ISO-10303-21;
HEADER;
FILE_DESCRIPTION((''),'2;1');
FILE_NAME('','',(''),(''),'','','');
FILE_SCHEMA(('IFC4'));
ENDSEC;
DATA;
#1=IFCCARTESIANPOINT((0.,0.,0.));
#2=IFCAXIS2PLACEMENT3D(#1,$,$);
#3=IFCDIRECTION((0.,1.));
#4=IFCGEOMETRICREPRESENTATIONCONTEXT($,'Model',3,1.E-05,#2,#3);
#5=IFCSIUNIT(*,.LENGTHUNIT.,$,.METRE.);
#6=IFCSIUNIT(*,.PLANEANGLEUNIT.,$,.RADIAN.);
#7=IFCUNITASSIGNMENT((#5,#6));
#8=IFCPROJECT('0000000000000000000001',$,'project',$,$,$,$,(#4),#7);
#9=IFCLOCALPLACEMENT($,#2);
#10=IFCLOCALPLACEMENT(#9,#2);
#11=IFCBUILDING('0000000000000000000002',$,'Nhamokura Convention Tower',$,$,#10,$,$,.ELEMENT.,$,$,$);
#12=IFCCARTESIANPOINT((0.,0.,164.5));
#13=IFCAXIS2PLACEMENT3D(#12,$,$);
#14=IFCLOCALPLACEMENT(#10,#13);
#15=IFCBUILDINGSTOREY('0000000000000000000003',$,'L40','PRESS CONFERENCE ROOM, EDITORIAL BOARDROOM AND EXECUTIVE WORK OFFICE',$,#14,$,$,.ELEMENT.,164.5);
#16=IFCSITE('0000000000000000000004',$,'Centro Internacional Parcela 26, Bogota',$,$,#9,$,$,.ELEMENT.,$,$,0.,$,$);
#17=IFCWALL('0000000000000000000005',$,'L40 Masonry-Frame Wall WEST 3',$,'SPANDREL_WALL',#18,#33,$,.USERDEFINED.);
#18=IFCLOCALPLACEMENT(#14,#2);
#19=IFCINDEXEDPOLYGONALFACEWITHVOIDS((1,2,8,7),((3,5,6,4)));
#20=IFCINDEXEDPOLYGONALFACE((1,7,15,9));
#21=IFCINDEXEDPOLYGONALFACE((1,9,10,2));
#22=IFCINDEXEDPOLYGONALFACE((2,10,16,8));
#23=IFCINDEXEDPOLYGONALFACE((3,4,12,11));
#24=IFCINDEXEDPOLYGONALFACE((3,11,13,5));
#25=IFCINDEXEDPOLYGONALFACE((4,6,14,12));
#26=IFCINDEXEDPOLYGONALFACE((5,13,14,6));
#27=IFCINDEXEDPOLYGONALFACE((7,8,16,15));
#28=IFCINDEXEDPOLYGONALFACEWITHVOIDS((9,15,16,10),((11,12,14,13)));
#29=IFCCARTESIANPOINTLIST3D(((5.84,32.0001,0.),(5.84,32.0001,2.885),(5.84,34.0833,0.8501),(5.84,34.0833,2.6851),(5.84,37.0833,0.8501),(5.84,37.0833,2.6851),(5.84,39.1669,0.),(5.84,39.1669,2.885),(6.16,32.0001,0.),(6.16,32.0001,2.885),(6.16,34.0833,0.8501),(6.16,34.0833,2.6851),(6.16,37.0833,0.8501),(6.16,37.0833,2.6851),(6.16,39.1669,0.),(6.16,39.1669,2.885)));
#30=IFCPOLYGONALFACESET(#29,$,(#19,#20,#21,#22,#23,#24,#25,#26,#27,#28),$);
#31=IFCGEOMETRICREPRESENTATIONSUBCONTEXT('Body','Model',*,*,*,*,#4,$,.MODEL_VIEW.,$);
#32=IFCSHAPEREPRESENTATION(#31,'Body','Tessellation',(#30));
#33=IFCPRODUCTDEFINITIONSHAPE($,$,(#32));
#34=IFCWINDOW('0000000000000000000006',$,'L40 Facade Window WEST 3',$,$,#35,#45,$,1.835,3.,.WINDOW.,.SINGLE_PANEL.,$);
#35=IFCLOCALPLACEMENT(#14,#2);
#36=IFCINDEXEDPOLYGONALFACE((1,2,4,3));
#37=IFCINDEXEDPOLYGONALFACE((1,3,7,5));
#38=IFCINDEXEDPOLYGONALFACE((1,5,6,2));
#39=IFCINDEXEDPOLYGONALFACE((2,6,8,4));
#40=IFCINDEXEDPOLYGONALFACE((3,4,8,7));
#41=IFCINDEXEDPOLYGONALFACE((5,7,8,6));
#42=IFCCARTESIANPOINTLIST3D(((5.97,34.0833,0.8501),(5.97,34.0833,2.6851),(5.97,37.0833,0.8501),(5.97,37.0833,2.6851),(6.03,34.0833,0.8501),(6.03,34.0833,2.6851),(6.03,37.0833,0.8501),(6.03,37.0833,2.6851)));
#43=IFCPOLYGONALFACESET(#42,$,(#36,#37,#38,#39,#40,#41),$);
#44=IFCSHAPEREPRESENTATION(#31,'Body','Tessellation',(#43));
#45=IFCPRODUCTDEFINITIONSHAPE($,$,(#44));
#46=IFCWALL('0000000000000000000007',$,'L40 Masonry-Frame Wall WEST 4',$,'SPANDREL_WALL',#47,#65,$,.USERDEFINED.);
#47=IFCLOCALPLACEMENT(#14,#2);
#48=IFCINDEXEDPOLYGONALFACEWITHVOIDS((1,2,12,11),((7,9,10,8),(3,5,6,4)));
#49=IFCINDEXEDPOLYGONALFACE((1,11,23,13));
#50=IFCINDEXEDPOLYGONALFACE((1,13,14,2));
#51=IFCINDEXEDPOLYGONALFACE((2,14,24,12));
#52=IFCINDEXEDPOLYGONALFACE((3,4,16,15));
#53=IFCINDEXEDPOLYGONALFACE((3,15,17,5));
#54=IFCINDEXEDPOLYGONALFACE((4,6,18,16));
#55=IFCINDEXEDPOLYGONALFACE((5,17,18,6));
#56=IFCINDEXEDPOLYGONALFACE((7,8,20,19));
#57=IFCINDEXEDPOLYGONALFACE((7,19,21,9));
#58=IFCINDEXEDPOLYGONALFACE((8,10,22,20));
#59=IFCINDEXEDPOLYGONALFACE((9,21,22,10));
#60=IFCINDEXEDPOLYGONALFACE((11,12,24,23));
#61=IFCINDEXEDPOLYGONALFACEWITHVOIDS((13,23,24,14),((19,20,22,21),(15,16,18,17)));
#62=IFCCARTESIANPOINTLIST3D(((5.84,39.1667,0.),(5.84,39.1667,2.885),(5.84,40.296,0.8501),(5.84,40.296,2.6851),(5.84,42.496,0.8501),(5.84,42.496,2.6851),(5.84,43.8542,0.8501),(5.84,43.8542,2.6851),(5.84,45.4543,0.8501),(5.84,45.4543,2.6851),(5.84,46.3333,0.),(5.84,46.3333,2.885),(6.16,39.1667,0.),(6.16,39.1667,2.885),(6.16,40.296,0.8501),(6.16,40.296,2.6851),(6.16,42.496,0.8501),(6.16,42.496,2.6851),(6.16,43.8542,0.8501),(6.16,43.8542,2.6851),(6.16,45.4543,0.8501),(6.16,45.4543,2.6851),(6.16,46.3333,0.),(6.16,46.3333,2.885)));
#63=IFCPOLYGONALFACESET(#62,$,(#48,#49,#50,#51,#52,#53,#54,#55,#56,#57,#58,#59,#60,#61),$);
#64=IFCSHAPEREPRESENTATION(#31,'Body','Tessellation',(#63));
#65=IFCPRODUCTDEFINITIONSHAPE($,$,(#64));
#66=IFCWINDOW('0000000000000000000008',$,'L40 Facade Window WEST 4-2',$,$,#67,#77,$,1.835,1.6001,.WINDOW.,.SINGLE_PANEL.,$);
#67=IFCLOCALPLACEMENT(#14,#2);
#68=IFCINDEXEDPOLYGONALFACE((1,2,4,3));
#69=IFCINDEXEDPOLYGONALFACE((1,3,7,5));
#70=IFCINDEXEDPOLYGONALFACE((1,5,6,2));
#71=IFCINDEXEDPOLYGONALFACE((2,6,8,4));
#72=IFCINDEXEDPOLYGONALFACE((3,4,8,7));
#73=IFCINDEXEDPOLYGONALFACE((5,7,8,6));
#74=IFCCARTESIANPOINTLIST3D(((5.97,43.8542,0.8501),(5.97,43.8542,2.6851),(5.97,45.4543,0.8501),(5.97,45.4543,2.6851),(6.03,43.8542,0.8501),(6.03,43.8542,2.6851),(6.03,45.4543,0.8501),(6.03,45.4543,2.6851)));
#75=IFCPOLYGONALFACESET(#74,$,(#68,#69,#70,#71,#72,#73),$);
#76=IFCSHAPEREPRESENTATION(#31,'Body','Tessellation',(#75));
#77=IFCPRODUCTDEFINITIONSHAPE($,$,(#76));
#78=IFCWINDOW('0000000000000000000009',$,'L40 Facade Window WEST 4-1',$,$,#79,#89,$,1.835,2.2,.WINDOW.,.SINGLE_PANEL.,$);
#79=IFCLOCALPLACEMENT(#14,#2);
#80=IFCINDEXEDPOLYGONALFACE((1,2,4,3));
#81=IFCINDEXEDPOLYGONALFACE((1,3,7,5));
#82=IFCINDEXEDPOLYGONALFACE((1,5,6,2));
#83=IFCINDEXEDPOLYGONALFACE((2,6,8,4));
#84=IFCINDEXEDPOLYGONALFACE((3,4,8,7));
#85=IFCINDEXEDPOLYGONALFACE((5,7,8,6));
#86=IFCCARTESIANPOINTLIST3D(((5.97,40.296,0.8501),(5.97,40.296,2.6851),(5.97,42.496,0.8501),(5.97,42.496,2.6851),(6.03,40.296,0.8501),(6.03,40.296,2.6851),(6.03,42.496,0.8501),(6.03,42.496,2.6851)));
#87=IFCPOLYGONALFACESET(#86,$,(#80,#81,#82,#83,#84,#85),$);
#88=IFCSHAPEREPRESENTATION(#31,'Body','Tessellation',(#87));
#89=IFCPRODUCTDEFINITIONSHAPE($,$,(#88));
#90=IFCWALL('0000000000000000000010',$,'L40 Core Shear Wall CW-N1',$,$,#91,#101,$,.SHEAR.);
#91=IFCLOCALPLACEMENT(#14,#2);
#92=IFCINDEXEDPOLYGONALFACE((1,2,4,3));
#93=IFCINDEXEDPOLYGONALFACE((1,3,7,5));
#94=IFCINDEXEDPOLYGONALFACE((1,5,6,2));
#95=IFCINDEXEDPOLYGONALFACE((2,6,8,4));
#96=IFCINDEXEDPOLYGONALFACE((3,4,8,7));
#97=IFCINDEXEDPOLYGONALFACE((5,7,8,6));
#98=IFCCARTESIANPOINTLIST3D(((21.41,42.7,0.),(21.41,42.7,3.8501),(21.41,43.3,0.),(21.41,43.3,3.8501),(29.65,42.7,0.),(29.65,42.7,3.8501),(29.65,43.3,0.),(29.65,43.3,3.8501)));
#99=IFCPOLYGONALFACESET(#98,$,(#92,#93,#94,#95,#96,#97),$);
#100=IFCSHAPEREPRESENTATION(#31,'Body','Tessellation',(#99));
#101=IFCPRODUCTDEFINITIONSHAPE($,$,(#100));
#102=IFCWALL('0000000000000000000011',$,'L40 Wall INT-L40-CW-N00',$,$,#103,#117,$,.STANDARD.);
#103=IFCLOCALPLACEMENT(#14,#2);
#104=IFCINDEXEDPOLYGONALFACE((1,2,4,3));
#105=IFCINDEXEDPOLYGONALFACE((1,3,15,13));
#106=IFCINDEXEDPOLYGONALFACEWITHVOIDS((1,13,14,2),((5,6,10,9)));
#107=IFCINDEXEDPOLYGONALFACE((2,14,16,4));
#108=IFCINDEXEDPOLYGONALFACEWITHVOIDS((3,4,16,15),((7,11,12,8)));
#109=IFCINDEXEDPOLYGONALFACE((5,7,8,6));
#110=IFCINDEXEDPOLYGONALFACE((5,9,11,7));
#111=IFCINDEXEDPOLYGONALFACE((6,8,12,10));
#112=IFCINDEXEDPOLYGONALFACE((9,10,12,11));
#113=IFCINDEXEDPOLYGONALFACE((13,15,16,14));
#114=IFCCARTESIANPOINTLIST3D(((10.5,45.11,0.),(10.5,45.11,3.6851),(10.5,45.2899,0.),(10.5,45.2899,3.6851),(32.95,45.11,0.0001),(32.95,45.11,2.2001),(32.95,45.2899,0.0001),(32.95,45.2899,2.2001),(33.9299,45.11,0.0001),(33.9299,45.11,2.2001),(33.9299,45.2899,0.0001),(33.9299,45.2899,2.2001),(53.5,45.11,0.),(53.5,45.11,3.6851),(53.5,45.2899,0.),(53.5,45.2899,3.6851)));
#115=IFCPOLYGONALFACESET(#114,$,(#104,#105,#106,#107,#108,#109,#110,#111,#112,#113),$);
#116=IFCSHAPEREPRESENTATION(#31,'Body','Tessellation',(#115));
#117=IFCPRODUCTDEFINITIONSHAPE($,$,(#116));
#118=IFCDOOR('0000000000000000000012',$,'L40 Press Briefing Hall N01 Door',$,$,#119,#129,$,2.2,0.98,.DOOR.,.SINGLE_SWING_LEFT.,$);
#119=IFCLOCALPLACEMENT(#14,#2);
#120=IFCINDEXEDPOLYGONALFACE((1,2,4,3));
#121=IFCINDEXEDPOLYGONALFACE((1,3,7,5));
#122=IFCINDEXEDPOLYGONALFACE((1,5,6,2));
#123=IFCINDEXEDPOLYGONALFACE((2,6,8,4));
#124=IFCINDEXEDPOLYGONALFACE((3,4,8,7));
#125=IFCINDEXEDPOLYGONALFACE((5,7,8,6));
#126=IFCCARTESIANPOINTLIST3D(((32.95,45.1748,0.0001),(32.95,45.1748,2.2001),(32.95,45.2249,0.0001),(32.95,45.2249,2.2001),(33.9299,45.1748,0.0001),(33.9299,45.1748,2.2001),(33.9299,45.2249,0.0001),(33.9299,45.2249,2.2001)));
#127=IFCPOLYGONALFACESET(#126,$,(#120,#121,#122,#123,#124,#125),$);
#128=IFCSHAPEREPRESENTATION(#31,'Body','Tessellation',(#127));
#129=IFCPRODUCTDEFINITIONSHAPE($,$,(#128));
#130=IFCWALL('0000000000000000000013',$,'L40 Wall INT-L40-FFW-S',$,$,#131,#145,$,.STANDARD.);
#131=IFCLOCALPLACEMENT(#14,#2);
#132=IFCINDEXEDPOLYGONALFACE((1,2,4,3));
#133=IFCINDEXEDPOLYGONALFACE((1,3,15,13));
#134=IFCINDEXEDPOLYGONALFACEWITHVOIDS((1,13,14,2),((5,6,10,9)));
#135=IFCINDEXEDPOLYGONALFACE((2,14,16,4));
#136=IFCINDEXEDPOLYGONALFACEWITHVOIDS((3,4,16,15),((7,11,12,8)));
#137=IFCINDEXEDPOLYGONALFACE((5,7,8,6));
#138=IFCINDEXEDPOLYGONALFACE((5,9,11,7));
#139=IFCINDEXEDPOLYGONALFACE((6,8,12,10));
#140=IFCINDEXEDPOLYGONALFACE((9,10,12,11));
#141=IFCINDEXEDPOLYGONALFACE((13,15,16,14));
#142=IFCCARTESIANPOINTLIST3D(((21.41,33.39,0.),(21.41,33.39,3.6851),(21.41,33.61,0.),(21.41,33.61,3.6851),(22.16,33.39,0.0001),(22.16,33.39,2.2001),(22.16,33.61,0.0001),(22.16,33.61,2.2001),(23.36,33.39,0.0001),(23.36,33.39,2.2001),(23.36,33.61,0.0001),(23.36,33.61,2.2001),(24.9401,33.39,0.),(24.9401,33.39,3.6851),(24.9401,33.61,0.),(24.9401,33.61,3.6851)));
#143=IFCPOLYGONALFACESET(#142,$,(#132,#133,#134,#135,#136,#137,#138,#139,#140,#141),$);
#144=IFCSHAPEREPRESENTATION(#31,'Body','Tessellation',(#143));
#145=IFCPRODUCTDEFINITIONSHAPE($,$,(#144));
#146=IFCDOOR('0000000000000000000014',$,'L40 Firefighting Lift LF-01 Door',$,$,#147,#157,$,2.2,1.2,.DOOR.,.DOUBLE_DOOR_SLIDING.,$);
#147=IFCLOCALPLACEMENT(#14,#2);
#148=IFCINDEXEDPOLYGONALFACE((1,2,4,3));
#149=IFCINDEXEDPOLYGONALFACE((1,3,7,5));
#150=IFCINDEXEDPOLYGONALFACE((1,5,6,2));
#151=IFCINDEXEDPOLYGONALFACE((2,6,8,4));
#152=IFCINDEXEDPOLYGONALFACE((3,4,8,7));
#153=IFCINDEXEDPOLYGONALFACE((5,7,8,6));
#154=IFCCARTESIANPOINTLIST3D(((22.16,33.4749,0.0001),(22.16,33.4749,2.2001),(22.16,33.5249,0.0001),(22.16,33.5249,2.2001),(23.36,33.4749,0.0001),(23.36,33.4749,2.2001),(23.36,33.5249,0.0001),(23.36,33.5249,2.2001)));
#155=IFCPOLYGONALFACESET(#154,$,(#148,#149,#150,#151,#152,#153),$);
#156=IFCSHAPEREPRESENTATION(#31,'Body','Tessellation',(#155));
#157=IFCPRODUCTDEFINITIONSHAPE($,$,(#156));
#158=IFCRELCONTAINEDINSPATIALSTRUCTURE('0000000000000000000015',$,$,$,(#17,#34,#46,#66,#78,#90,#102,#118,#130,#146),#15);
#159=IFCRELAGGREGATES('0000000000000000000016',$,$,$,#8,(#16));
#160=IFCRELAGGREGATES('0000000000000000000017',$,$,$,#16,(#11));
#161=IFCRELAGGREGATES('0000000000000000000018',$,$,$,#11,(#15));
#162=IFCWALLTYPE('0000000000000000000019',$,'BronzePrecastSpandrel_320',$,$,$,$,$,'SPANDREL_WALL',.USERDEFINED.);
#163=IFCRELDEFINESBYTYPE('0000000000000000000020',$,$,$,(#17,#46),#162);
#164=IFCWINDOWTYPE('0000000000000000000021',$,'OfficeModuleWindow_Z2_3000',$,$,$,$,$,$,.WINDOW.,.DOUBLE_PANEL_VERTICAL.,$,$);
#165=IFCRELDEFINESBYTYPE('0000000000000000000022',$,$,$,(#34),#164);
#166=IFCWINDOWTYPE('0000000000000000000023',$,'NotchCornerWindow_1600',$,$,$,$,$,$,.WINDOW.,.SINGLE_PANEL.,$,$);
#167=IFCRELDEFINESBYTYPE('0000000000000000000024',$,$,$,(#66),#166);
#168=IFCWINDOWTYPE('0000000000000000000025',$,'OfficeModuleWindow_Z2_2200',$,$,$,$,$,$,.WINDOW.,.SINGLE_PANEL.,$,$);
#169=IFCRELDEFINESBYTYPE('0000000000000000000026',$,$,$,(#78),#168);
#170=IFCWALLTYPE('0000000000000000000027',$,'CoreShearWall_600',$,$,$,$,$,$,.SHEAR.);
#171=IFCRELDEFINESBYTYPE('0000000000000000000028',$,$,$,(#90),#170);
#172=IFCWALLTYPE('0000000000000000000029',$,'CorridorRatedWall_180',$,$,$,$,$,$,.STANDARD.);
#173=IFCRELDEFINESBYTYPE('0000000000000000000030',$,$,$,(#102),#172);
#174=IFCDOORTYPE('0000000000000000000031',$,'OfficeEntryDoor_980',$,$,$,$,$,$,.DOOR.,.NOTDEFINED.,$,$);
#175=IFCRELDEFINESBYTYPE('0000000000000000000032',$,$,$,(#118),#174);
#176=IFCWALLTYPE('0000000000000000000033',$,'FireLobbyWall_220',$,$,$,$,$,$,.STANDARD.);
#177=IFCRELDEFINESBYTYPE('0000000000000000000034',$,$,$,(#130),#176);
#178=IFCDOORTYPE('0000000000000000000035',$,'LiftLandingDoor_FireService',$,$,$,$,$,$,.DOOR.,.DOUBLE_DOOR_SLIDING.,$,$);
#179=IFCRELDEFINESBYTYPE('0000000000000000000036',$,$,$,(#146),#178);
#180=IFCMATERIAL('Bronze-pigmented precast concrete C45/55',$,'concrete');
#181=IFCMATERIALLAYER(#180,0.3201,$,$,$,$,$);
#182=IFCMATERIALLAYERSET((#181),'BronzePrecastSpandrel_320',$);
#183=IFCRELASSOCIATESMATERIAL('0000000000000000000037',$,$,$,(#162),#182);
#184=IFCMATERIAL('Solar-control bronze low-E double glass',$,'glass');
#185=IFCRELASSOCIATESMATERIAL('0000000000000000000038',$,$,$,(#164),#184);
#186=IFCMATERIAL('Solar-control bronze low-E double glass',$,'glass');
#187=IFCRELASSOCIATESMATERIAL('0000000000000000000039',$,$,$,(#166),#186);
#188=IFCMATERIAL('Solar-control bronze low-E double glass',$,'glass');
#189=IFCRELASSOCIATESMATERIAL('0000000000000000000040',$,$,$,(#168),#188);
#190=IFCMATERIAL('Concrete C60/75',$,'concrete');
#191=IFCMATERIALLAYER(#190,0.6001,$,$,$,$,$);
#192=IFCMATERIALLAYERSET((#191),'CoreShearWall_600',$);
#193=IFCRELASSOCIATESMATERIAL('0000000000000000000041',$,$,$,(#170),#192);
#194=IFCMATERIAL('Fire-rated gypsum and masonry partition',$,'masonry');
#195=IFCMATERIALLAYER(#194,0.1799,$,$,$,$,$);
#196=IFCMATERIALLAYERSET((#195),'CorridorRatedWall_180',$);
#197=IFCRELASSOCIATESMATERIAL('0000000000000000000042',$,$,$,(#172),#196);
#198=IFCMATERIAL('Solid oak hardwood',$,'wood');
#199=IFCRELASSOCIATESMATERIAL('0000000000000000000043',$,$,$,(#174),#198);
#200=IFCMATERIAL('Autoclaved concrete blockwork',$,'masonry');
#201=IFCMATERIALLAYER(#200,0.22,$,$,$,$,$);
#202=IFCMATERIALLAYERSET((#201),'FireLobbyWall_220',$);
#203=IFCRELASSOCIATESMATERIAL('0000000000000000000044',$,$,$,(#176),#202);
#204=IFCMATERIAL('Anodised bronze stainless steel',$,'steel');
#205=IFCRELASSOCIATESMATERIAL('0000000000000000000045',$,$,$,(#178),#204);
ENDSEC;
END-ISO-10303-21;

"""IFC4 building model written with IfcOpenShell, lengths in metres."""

from ifc_helpers import new_model, si_unit, direction, frame, frame_2d, origin, place, context, subcontext, project, spatial, rectangle, extrude, material, layer, layer_set, type_object, element, fill, save


model = new_model("IFC4")

# Units and contexts
model_context = context("Model", 3, precision=1e-05, world=origin(), true_north=direction((0.0, 1.0)))
body_context = subcontext(model_context, "Body", "Model", "MODEL_VIEW")
ifc_project = project(units=[si_unit("LENGTHUNIT", "METRE"), si_unit("PLANEANGLEUNIT", "RADIAN")], contexts=[model_context])

# Site, building, storey
site_placement = place(None, origin())
site = spatial("IfcSite", under=ifc_project, at=site_placement, Name="Centro Internacional Parcela 26, Bogota", CompositionType="ELEMENT", RefElevation=0.0)
building_placement = place(site_placement, origin())
building = spatial("IfcBuilding", under=site, at=building_placement, Name="Nhamokura Convention Tower", CompositionType="ELEMENT")
storey_placement = place(building_placement, frame((0.0, 0.0, 164.5)))
storey = spatial("IfcBuildingStorey", under=building, at=storey_placement, Name="L40", Description="PRESS CONFERENCE ROOM, EDITORIAL BOARDROOM AND EXECUTIVE WORK OFFICE", CompositionType="ELEMENT", Elevation=164.5)

# Shared definitions
ifc_material_1 = material(Name="Bronze-pigmented precast concrete C45/55", Category="concrete")
ifc_layer_1 = layer(ifc_material_1, 0.3201)
ifc_layer_set_1 = layer_set([ifc_layer_1], Name="BronzePrecastSpandrel_320")
wall_type_1 = type_object("IfcWallType", Name="BronzePrecastSpandrel_320", ElementType="SPANDREL_WALL", PredefinedType="USERDEFINED", material=ifc_layer_set_1)

# Wall, opening, window
wall_1_placement = place(storey_placement, frame((6.0, 32.0, 0.0), z_axis=(0.0, 0.0, 1.0), x_axis=(0.0, 1.0, 0.0)))
wall_1 = element("IfcWall", 1, at=wall_1_placement, inside=storey, type_object=wall_type_1, Name="L40 Masonry-Frame Wall WEST 3", ObjectType="SPANDREL_WALL", PredefinedType="USERDEFINED", context=body_context, shape_type="SweptSolid", body=[
    extrude(rectangle(XDim=7.1667, YDim=0.3201, at=frame_2d((3.5835, 0.0))), origin(), (0.0, 0.0, 1.0), 2.885),
])
opening_1_placement = place(wall_1_placement, frame((2.0833, 0.0, 0.8501)))
opening_1 = element("IfcOpeningElement", 2, at=opening_1_placement, cuts=wall_1, PredefinedType="OPENING", context=body_context, shape_type="SweptSolid", body=[
    extrude(rectangle(XDim=3.0, YDim=1.835, at=frame_2d((1.5, 0.9175))), frame((0.0, 0.1699, 0.0), z_axis=(0.0, -1.0, 0.0), x_axis=(1.0, 0.0, 0.0)), (0.0, 0.0, 1.0), 0.3401),
])
ifc_material_2 = material(Name="Solar-control bronze low-E double glass", Category="glass")
window_type_1 = type_object("IfcWindowType", Name="OfficeModuleWindow_Z2_3000", PartitioningType="DOUBLE_PANEL_VERTICAL", PredefinedType="WINDOW", material=ifc_material_2)
window_1_placement = place(opening_1_placement, origin())
window_1 = element("IfcWindow", 3, at=window_1_placement, inside=storey, type_object=window_type_1, Name="L40 Facade Window WEST 3", OverallHeight=1.835, OverallWidth=3.0, PartitioningType="SINGLE_PANEL", PredefinedType="WINDOW", context=body_context, shape_type="SweptSolid", body=[
    extrude(rectangle(XDim=3.0, YDim=1.835, at=frame_2d((1.5, 0.9175))), frame((0.0, 0.03, 0.0), z_axis=(0.0, -1.0, 0.0), x_axis=(1.0, 0.0, 0.0)), (0.0, 0.0, 1.0), 0.0601),
])
fill(opening_1, window_1)

# Wall, openings, windows
wall_2_placement = place(storey_placement, frame((6.0, 39.1667, 0.0), z_axis=(0.0, 0.0, 1.0), x_axis=(0.0, 1.0, 0.0)))
wall_2 = element("IfcWall", 4, at=wall_2_placement, inside=storey, type_object=wall_type_1, Name="L40 Masonry-Frame Wall WEST 4", ObjectType="SPANDREL_WALL", PredefinedType="USERDEFINED", context=body_context, shape_type="SweptSolid", body=[
    extrude(rectangle(XDim=7.1665, YDim=0.3201, at=frame_2d((3.5833, 0.0))), origin(), (0.0, 0.0, 1.0), 2.885),
])
opening_2_placement = place(wall_2_placement, frame((1.1292, 0.0, 0.8501)))
opening_2 = element("IfcOpeningElement", 5, at=opening_2_placement, cuts=wall_2, PredefinedType="OPENING", context=body_context, shape_type="SweptSolid", body=[
    extrude(rectangle(XDim=2.2, YDim=1.835, at=frame_2d((1.1001, 0.9175))), frame((0.0, 0.1699, 0.0), z_axis=(0.0, -1.0, 0.0), x_axis=(1.0, 0.0, 0.0)), (0.0, 0.0, 1.0), 0.3401),
])
opening_3_placement = place(wall_2_placement, frame((4.6875, 0.0, 0.8501)))
opening_3 = element("IfcOpeningElement", 6, at=opening_3_placement, cuts=wall_2, PredefinedType="OPENING", context=body_context, shape_type="SweptSolid", body=[
    extrude(rectangle(XDim=1.6001, YDim=1.835, at=frame_2d((0.8, 0.9175))), frame((0.0, 0.1699, 0.0), z_axis=(0.0, -1.0, 0.0), x_axis=(1.0, 0.0, 0.0)), (0.0, 0.0, 1.0), 0.3401),
])
ifc_material_3 = material(Name="Solar-control bronze low-E double glass", Category="glass")
window_type_2 = type_object("IfcWindowType", Name="NotchCornerWindow_1600", PartitioningType="SINGLE_PANEL", PredefinedType="WINDOW", material=ifc_material_3)
window_2_placement = place(opening_3_placement, origin())
window_2 = element("IfcWindow", 7, at=window_2_placement, inside=storey, type_object=window_type_2, Name="L40 Facade Window WEST 4-2", OverallHeight=1.835, OverallWidth=1.6001, PartitioningType="SINGLE_PANEL", PredefinedType="WINDOW", context=body_context, shape_type="SweptSolid", body=[
    extrude(rectangle(XDim=1.6001, YDim=1.835, at=frame_2d((0.8, 0.9175))), frame((0.0, 0.03, 0.0), z_axis=(0.0, -1.0, 0.0), x_axis=(1.0, 0.0, 0.0)), (0.0, 0.0, 1.0), 0.0601),
])
fill(opening_3, window_2)
ifc_material_4 = material(Name="Solar-control bronze low-E double glass", Category="glass")
window_type_3 = type_object("IfcWindowType", Name="OfficeModuleWindow_Z2_2200", PartitioningType="SINGLE_PANEL", PredefinedType="WINDOW", material=ifc_material_4)
window_3_placement = place(opening_2_placement, origin())
window_3 = element("IfcWindow", 8, at=window_3_placement, inside=storey, type_object=window_type_3, Name="L40 Facade Window WEST 4-1", OverallHeight=1.835, OverallWidth=2.2, PartitioningType="SINGLE_PANEL", PredefinedType="WINDOW", context=body_context, shape_type="SweptSolid", body=[
    extrude(rectangle(XDim=2.2, YDim=1.835, at=frame_2d((1.1001, 0.9175))), frame((0.0, 0.03, 0.0), z_axis=(0.0, -1.0, 0.0), x_axis=(1.0, 0.0, 0.0)), (0.0, 0.0, 1.0), 0.0601),
])
fill(opening_2, window_3)

# Wall
ifc_material_5 = material(Name="Concrete C60/75", Category="concrete")
ifc_layer_2 = layer(ifc_material_5, 0.6001)
ifc_layer_set_2 = layer_set([ifc_layer_2], Name="CoreShearWall_600")
wall_type_2 = type_object("IfcWallType", Name="CoreShearWall_600", PredefinedType="SHEAR", material=ifc_layer_set_2)
wall_3_placement = place(storey_placement, frame((21.4099, 43.0, 0.0), z_axis=(0.0, 0.0, 1.0), x_axis=(1.0, 0.0, 0.0)))
element("IfcWall", 9, at=wall_3_placement, inside=storey, type_object=wall_type_2, Name="L40 Core Shear Wall CW-N1", PredefinedType="SHEAR", context=body_context, shape_type="SweptSolid", body=[
    extrude(rectangle(XDim=8.24, YDim=0.6001, at=frame_2d((4.1201, 0.0))), origin(), (0.0, 0.0, 1.0), 3.8501),
])

# Walls, openings, doors
ifc_material_6 = material(Name="Fire-rated gypsum and masonry partition", Category="masonry")
ifc_layer_3 = layer(ifc_material_6, 0.1799)
ifc_layer_set_3 = layer_set([ifc_layer_3], Name="CorridorRatedWall_180")
wall_type_3 = type_object("IfcWallType", Name="CorridorRatedWall_180", PredefinedType="STANDARD", material=ifc_layer_set_3)
wall_4_placement = place(storey_placement, frame((10.5, 45.2, 0.0), z_axis=(0.0, 0.0, 1.0), x_axis=(1.0, 0.0, 0.0)))
wall_4 = element("IfcWall", 10, at=wall_4_placement, inside=storey, type_object=wall_type_3, Name="L40 Wall INT-L40-CW-N00", PredefinedType="STANDARD", context=body_context, shape_type="SweptSolid", body=[
    extrude(rectangle(XDim=43.0, YDim=0.1799, at=frame_2d((21.5, 0.0))), origin(), (0.0, 0.0, 1.0), 3.6851),
])
opening_4_placement = place(wall_4_placement, frame((22.45, 0.0, 0.0)))
opening_4 = element("IfcOpeningElement", 11, at=opening_4_placement, cuts=wall_4, PredefinedType="OPENING", context=body_context, shape_type="SweptSolid", body=[
    extrude(rectangle(XDim=0.98, YDim=2.2, at=frame_2d((0.49, 1.1001))), frame((0.0, 0.0999, 0.0), z_axis=(0.0, -1.0, 0.0), x_axis=(1.0, 0.0, 0.0)), (0.0, 0.0, 1.0), 0.2),
])
ifc_material_7 = material(Name="Solid oak hardwood", Category="wood")
door_type_1 = type_object("IfcDoorType", Name="OfficeEntryDoor_980", OperationType="NOTDEFINED", PredefinedType="DOOR", material=ifc_material_7)
door_1_placement = place(opening_4_placement, origin())
door_1 = element("IfcDoor", 12, at=door_1_placement, inside=storey, type_object=door_type_1, Name="L40 Press Briefing Hall N01 Door", OperationType="SINGLE_SWING_LEFT", OverallHeight=2.2, OverallWidth=0.98, PredefinedType="DOOR", context=body_context, shape_type="SweptSolid", body=[
    extrude(rectangle(XDim=0.98, YDim=2.2, at=frame_2d((0.49, 1.1001))), frame((0.0, 0.0249, 0.0), z_axis=(0.0, -1.0, 0.0), x_axis=(1.0, 0.0, 0.0)), (0.0, 0.0, 1.0), 0.05),
])
fill(opening_4, door_1)
ifc_material_8 = material(Name="Autoclaved concrete blockwork", Category="masonry")
ifc_layer_4 = layer(ifc_material_8, 0.22)
ifc_layer_set_4 = layer_set([ifc_layer_4], Name="FireLobbyWall_220")
wall_type_4 = type_object("IfcWallType", Name="FireLobbyWall_220", PredefinedType="STANDARD", material=ifc_layer_set_4)
wall_5_placement = place(storey_placement, frame((21.4099, 33.5, 0.0), z_axis=(0.0, 0.0, 1.0), x_axis=(1.0, 0.0, 0.0)))
wall_5 = element("IfcWall", 13, at=wall_5_placement, inside=storey, type_object=wall_type_4, Name="L40 Wall INT-L40-FFW-S", PredefinedType="STANDARD", context=body_context, shape_type="SweptSolid", body=[
    extrude(rectangle(XDim=3.53, YDim=0.22, at=frame_2d((1.7651, 0.0))), origin(), (0.0, 0.0, 1.0), 3.6851),
])
opening_5_placement = place(wall_5_placement, frame((0.75, 0.0, 0.0)))
opening_5 = element("IfcOpeningElement", 14, at=opening_5_placement, cuts=wall_5, PredefinedType="OPENING", context=body_context, shape_type="SweptSolid", body=[
    extrude(rectangle(XDim=1.2, YDim=2.2, at=frame_2d((0.6001, 1.1001))), frame((0.0, 0.1199, 0.0), z_axis=(0.0, -1.0, 0.0), x_axis=(1.0, 0.0, 0.0)), (0.0, 0.0, 1.0), 0.24),
])
ifc_material_9 = material(Name="Anodised bronze stainless steel", Category="steel")
door_type_2 = type_object("IfcDoorType", Name="LiftLandingDoor_FireService", OperationType="DOUBLE_DOOR_SLIDING", PredefinedType="DOOR", material=ifc_material_9)
door_2_placement = place(opening_5_placement, origin())
door_2 = element("IfcDoor", 15, at=door_2_placement, inside=storey, type_object=door_type_2, Name="L40 Firefighting Lift LF-01 Door", OperationType="DOUBLE_DOOR_SLIDING", OverallHeight=2.2, OverallWidth=1.2, PredefinedType="DOOR", context=body_context, shape_type="SweptSolid", body=[
    extrude(rectangle(XDim=1.2, YDim=2.2, at=frame_2d((0.6001, 1.1001))), frame((0.0, 0.0249, 0.0), z_axis=(0.0, -1.0, 0.0), x_axis=(1.0, 0.0, 0.0)), (0.0, 0.0, 1.0), 0.05),
])
fill(opening_5, door_2)

save(model, "model.ifc")
